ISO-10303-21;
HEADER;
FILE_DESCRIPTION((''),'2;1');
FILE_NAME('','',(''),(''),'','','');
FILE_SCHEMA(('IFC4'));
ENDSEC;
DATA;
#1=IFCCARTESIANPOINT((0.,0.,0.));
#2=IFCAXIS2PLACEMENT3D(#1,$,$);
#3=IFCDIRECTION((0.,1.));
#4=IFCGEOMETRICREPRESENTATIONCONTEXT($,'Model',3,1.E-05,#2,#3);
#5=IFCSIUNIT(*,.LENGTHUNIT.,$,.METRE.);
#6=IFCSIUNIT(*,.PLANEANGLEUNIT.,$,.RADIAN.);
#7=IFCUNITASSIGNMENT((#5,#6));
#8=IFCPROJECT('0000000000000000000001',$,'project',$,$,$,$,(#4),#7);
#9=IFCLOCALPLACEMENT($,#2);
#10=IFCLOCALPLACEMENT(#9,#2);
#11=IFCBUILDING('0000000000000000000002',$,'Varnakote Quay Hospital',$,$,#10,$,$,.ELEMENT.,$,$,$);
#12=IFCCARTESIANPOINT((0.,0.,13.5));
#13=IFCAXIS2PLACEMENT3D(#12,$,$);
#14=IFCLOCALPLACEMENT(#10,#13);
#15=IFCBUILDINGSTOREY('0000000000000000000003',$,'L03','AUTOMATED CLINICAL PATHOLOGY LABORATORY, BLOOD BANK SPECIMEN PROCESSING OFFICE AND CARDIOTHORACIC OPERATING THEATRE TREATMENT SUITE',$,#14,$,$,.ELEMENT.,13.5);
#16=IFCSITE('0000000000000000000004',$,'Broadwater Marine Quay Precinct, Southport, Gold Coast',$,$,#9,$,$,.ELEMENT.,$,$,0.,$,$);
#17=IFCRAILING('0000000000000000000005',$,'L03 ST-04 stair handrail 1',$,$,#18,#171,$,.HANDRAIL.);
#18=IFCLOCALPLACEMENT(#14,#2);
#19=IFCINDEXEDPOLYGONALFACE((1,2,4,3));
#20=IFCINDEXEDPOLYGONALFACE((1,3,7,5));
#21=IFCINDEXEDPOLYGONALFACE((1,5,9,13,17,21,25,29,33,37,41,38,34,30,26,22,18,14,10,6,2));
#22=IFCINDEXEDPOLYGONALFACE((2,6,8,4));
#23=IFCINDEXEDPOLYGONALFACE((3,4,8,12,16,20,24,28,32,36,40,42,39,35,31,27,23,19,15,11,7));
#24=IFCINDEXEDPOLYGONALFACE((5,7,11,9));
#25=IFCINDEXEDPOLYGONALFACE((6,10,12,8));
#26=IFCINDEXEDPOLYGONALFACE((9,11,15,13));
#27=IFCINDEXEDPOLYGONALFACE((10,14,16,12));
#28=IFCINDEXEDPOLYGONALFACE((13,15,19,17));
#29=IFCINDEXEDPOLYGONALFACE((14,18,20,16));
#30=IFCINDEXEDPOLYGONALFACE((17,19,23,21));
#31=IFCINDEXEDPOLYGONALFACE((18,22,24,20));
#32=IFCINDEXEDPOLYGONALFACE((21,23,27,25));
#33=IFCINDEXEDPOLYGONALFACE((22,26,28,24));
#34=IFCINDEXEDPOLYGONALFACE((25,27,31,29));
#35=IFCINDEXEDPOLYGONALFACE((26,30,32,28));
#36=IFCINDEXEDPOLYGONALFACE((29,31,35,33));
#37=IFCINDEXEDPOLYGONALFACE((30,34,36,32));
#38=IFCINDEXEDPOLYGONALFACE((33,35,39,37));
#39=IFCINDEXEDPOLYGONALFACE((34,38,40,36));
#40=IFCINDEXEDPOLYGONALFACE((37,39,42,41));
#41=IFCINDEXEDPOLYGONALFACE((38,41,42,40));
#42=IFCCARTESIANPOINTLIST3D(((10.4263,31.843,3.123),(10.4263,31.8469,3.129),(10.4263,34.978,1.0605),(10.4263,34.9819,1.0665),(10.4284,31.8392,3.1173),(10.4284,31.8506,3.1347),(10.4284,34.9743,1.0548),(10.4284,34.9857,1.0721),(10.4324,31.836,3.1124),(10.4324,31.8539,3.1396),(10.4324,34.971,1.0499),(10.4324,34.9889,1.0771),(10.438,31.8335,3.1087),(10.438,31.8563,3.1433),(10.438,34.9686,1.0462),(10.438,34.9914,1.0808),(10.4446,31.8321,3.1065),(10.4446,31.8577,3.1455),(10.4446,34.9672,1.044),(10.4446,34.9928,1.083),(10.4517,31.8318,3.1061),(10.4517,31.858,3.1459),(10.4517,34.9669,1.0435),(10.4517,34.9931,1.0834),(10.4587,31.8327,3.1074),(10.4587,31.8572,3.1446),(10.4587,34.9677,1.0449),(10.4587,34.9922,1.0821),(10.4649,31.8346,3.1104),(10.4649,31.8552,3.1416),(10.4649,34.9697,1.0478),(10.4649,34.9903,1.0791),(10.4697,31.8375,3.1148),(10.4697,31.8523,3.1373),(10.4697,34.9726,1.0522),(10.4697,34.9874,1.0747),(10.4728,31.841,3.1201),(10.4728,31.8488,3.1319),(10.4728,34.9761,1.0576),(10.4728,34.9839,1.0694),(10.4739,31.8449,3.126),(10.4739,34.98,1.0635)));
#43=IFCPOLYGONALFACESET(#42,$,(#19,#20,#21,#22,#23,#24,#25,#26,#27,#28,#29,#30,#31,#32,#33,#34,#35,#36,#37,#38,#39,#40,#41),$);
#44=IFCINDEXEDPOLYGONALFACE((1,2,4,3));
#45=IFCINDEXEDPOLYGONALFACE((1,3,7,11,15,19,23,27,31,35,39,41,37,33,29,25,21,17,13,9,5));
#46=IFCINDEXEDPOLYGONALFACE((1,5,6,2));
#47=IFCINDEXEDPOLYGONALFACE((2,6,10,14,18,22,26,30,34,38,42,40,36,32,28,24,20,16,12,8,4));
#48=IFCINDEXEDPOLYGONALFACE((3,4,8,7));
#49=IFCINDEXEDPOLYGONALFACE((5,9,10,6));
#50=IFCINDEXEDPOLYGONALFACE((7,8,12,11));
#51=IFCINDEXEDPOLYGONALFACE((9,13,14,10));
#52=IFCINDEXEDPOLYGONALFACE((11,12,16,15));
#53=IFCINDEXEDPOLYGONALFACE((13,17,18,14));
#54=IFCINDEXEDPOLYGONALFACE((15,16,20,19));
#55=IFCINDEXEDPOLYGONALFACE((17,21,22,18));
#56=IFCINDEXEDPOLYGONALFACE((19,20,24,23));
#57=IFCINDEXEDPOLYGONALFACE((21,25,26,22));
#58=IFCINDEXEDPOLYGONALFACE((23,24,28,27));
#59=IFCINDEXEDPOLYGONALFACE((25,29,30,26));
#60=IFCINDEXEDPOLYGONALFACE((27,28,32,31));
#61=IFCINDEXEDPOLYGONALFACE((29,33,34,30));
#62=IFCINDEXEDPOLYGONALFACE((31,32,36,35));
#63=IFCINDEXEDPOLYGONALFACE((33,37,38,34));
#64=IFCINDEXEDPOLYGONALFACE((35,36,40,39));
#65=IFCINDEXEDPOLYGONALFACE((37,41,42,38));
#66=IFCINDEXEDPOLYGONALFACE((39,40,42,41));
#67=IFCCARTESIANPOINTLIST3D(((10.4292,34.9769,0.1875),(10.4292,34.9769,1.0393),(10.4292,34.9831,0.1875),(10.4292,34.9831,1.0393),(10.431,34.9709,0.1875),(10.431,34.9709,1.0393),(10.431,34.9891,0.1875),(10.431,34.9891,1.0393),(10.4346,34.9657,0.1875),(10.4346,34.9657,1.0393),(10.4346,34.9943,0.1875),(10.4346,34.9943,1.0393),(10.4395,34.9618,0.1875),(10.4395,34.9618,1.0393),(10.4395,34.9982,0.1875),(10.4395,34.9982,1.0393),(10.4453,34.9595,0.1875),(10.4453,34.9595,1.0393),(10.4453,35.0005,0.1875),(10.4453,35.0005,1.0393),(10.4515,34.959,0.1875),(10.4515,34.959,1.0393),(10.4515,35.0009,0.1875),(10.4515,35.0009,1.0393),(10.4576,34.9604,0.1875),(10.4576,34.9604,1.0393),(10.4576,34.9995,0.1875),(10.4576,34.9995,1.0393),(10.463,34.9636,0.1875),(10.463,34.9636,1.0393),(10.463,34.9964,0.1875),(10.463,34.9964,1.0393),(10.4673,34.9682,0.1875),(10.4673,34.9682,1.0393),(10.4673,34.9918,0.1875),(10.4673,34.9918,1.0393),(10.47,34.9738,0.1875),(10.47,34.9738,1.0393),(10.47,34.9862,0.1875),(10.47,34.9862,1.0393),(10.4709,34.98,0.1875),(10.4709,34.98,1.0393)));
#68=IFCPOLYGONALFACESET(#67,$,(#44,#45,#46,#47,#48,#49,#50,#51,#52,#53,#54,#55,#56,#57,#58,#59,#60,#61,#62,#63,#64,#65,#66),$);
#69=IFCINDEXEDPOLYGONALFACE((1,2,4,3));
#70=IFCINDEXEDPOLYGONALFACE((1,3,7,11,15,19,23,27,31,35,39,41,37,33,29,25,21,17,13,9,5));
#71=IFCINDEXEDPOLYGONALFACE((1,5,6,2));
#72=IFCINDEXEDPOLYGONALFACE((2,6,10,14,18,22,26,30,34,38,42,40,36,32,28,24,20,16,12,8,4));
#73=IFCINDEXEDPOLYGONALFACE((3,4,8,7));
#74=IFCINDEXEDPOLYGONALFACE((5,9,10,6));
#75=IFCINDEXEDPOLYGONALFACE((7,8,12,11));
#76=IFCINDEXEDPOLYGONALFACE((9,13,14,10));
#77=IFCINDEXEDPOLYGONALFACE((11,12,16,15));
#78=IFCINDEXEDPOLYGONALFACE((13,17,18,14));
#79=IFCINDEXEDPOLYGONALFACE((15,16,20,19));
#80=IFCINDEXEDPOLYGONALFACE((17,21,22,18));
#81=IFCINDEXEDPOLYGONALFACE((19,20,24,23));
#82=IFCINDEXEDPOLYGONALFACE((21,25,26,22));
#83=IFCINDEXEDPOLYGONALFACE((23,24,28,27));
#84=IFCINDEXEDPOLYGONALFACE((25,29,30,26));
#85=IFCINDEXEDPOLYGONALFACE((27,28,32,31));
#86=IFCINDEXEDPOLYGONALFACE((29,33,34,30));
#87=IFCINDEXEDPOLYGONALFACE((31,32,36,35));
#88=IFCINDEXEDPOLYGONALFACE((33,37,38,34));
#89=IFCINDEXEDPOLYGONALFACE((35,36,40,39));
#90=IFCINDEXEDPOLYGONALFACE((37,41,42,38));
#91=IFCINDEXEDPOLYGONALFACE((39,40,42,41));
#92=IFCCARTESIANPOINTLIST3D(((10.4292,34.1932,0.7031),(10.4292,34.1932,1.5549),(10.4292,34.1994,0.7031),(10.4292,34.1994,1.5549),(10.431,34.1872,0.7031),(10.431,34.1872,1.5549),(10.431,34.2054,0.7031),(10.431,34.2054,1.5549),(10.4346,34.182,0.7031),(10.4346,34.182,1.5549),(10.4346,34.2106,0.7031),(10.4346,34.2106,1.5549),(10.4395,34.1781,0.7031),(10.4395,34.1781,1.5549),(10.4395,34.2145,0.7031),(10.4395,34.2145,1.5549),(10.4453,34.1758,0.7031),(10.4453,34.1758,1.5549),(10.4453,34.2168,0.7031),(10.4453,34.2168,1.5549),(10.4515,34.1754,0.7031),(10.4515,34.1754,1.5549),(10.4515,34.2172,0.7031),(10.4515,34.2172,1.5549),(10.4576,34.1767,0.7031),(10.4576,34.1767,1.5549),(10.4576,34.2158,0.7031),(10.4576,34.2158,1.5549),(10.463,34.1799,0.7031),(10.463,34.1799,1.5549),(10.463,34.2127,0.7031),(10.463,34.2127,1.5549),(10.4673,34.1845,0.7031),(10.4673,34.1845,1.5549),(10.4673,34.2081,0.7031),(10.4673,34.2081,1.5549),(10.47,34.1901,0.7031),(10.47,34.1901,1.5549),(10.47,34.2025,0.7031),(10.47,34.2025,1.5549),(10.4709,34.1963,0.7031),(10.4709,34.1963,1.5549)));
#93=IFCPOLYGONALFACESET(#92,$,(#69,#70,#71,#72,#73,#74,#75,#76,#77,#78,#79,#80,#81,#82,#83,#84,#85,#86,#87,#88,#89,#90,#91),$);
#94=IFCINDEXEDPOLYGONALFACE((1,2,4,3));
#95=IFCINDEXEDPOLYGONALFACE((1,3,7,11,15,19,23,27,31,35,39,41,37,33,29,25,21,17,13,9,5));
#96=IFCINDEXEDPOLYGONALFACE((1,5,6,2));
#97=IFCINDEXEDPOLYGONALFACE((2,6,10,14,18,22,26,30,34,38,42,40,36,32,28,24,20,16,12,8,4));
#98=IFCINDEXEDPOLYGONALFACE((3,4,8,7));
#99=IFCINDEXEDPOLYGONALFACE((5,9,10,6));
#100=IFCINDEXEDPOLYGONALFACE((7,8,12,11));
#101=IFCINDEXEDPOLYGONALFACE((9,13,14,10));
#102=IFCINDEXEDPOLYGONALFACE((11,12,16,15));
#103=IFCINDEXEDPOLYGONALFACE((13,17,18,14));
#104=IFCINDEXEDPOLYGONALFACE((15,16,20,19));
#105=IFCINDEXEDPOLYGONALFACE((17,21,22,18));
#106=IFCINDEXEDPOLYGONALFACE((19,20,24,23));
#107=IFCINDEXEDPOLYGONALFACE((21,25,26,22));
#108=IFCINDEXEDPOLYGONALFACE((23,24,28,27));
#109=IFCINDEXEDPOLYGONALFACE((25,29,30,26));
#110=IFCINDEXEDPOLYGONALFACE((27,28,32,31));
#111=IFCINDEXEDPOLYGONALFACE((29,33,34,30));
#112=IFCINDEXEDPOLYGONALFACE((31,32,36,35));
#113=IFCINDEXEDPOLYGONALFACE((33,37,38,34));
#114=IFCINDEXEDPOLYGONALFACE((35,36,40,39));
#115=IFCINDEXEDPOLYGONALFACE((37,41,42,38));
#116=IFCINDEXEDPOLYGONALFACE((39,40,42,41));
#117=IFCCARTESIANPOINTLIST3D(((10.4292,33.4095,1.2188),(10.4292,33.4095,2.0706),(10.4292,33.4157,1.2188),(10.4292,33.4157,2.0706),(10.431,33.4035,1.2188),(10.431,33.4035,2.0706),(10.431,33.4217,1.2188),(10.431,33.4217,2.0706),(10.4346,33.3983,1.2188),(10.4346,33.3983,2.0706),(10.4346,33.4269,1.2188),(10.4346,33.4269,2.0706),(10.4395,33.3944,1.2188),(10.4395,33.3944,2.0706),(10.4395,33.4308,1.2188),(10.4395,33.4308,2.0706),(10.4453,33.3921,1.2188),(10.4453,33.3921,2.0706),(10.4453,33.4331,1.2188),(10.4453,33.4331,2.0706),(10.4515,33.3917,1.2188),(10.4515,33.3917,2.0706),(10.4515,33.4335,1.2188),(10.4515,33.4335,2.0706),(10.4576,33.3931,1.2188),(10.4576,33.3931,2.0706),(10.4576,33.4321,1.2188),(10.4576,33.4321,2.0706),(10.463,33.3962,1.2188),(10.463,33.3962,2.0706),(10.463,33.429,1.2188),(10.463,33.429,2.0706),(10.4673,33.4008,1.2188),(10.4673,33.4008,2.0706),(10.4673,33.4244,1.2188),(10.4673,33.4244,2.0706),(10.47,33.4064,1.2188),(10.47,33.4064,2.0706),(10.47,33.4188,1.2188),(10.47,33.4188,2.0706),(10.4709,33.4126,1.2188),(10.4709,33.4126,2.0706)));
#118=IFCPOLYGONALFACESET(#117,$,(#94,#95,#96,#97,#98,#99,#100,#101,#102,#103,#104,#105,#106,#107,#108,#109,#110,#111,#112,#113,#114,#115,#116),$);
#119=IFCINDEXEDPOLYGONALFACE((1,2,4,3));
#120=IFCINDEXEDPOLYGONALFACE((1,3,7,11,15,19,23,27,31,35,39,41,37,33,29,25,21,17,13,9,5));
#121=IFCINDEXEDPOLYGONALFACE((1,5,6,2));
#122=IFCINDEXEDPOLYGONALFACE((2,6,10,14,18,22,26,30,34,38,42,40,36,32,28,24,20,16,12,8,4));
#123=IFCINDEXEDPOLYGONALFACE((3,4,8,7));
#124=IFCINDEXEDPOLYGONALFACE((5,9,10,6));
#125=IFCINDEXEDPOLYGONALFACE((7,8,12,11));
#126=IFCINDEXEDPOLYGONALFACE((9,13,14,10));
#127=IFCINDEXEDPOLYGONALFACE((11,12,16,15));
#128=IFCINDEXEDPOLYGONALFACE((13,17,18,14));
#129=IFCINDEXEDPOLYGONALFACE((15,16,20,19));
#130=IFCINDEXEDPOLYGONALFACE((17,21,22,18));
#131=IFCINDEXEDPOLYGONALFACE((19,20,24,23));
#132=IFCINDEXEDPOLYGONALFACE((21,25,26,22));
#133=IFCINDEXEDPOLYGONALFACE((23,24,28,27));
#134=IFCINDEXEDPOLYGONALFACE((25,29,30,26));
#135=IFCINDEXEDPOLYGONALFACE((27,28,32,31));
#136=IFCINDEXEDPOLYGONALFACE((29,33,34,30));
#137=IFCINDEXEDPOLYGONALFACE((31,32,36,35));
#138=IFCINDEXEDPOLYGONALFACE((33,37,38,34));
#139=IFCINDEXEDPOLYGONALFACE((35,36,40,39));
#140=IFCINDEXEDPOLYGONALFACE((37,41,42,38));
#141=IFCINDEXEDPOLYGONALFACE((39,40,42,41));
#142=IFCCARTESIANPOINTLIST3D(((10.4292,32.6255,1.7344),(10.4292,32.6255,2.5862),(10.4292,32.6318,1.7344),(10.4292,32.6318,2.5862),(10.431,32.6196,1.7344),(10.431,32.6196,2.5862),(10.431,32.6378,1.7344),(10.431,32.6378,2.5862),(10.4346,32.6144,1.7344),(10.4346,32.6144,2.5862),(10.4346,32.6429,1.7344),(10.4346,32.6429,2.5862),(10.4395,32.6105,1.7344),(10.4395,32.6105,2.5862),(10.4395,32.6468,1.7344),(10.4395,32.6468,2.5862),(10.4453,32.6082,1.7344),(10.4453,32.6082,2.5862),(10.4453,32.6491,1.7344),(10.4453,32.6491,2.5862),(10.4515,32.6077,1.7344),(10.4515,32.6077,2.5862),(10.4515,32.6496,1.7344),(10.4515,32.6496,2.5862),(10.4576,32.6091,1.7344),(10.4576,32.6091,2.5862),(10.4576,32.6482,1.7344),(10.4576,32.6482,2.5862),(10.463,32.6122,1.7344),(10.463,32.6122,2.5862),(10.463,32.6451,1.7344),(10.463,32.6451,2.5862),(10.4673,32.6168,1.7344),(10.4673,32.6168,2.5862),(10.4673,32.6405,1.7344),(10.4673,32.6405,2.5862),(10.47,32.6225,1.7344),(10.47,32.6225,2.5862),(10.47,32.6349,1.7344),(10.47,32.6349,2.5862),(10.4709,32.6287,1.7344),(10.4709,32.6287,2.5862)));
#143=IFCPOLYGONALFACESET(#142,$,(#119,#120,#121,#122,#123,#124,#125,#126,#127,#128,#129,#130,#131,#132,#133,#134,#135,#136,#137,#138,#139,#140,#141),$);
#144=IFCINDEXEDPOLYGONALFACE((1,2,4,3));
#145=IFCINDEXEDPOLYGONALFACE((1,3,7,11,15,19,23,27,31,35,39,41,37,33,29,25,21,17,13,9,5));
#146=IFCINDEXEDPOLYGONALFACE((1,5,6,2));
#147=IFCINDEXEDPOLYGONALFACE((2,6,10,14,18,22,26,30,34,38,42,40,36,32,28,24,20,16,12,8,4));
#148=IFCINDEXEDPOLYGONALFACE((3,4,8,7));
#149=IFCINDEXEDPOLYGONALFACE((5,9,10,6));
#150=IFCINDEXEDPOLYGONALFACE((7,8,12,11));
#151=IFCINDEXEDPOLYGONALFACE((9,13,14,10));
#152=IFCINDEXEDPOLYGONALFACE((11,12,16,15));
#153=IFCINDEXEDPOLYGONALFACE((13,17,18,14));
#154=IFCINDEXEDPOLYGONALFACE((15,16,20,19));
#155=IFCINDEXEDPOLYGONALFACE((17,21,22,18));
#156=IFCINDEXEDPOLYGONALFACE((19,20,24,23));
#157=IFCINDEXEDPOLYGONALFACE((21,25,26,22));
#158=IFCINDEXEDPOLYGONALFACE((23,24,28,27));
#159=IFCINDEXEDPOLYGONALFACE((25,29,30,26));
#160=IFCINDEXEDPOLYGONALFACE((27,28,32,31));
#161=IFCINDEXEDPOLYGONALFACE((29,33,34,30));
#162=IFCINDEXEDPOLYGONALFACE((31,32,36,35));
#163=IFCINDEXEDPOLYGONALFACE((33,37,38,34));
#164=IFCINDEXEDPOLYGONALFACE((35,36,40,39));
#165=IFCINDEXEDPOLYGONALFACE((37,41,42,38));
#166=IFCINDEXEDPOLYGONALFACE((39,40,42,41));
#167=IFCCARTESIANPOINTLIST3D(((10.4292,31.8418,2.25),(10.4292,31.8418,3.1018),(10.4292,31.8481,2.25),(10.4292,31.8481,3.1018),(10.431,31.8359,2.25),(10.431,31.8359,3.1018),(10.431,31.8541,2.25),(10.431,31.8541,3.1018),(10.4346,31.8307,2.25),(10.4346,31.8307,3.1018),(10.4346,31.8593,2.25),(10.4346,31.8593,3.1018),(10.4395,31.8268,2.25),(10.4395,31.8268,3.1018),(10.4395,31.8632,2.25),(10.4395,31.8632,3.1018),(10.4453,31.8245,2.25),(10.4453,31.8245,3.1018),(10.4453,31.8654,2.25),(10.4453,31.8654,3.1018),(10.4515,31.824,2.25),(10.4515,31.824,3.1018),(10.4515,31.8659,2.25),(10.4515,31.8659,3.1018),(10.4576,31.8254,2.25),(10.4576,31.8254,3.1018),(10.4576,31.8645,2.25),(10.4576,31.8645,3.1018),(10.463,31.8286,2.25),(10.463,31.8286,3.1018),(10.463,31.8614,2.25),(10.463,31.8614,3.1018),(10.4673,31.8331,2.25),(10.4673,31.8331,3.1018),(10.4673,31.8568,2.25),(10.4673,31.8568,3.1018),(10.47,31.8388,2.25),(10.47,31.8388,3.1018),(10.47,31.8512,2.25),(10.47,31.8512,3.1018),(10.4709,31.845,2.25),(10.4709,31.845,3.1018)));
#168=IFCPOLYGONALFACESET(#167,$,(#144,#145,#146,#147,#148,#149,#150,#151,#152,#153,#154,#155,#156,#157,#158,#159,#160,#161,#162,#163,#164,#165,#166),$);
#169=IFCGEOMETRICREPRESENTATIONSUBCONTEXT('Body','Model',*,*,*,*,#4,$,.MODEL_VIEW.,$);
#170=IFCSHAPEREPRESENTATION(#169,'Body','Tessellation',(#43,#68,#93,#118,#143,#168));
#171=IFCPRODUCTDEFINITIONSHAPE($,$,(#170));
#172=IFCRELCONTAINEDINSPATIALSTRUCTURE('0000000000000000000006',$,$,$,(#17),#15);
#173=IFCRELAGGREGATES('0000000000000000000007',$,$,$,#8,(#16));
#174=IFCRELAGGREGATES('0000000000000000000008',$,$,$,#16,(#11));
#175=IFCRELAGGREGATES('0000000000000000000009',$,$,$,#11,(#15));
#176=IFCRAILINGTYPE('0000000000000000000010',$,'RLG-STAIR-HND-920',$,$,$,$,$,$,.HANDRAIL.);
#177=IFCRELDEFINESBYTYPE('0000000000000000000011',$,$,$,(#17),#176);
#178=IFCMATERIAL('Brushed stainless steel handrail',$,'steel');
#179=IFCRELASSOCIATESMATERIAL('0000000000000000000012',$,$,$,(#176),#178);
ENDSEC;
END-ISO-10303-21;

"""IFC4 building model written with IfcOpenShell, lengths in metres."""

from ifc_helpers import new_model, si_unit, direction, frame, origin, origin_2d, place, context, subcontext, project, spatial, circle, extrude, material, type_object, element, save


model = new_model("IFC4")

# Units and contexts
model_context = context("Model", 3, precision=1e-05, world=origin(), true_north=direction((0.0, 1.0)))
body_context = subcontext(model_context, "Body", "Model", "MODEL_VIEW")
ifc_project = project(units=[si_unit("LENGTHUNIT", "METRE"), si_unit("PLANEANGLEUNIT", "RADIAN")], contexts=[model_context])

# Site, building, storey
site_placement = place(None, origin())
site = spatial("IfcSite", under=ifc_project, at=site_placement, Name="Broadwater Marine Quay Precinct, Southport, Gold Coast", CompositionType="ELEMENT", RefElevation=0.0)
building_placement = place(site_placement, origin())
building = spatial("IfcBuilding", under=site, at=building_placement, Name="Varnakote Quay Hospital", CompositionType="ELEMENT")
storey_placement = place(building_placement, frame((0.0, 0.0, 13.5)))
storey = spatial("IfcBuildingStorey", under=building, at=storey_placement, Name="L03", Description="AUTOMATED CLINICAL PATHOLOGY LABORATORY, BLOOD BANK SPECIMEN PROCESSING OFFICE AND CARDIOTHORACIC OPERATING THEATRE TREATMENT SUITE", CompositionType="ELEMENT", Elevation=13.5)

# Railing
ifc_material_1 = material(Name="Brushed stainless steel handrail", Category="steel")
railing_type_1 = type_object("IfcRailingType", Name="RLG-STAIR-HND-920", PredefinedType="HANDRAIL", material=ifc_material_1)
railing_1_placement = place(storey_placement, frame((10.45, 34.98, 0.1875)))
element("IfcRailing", 1, at=railing_1_placement, inside=storey, type_object=railing_type_1, Name="L03 ST-04 stair handrail 1", PredefinedType="HANDRAIL", context=body_context, shape_type="SweptSolid", body=[
    extrude(circle(Radius=0.0239, at=origin_2d()), frame((0.0, 0.0, 0.876), z_axis=(0.0, -0.835418, 0.549615), x_axis=(1.0, 0.0, 0.0)), (0.0, 0.0, 1.0), 3.7527),
    extrude(circle(Radius=0.021, at=origin_2d()), origin(), (0.0, 0.0, 1.0), 0.8518),
    extrude(circle(Radius=0.021, at=origin_2d()), frame((0.0, -0.7837, 0.5156)), (0.0, 0.0, 1.0), 0.8518),
    extrude(circle(Radius=0.021, at=origin_2d()), frame((0.0, -1.5674, 1.0312)), (0.0, 0.0, 1.0), 0.8518),
    extrude(circle(Radius=0.021, at=origin_2d()), frame((0.0, -2.3513, 1.5469)), (0.0, 0.0, 1.0), 0.8518),
    extrude(circle(Radius=0.021, at=origin_2d()), frame((0.0, -3.135, 2.0625)), (0.0, 0.0, 1.0), 0.8518),
])

save(model, "model.ifc")
